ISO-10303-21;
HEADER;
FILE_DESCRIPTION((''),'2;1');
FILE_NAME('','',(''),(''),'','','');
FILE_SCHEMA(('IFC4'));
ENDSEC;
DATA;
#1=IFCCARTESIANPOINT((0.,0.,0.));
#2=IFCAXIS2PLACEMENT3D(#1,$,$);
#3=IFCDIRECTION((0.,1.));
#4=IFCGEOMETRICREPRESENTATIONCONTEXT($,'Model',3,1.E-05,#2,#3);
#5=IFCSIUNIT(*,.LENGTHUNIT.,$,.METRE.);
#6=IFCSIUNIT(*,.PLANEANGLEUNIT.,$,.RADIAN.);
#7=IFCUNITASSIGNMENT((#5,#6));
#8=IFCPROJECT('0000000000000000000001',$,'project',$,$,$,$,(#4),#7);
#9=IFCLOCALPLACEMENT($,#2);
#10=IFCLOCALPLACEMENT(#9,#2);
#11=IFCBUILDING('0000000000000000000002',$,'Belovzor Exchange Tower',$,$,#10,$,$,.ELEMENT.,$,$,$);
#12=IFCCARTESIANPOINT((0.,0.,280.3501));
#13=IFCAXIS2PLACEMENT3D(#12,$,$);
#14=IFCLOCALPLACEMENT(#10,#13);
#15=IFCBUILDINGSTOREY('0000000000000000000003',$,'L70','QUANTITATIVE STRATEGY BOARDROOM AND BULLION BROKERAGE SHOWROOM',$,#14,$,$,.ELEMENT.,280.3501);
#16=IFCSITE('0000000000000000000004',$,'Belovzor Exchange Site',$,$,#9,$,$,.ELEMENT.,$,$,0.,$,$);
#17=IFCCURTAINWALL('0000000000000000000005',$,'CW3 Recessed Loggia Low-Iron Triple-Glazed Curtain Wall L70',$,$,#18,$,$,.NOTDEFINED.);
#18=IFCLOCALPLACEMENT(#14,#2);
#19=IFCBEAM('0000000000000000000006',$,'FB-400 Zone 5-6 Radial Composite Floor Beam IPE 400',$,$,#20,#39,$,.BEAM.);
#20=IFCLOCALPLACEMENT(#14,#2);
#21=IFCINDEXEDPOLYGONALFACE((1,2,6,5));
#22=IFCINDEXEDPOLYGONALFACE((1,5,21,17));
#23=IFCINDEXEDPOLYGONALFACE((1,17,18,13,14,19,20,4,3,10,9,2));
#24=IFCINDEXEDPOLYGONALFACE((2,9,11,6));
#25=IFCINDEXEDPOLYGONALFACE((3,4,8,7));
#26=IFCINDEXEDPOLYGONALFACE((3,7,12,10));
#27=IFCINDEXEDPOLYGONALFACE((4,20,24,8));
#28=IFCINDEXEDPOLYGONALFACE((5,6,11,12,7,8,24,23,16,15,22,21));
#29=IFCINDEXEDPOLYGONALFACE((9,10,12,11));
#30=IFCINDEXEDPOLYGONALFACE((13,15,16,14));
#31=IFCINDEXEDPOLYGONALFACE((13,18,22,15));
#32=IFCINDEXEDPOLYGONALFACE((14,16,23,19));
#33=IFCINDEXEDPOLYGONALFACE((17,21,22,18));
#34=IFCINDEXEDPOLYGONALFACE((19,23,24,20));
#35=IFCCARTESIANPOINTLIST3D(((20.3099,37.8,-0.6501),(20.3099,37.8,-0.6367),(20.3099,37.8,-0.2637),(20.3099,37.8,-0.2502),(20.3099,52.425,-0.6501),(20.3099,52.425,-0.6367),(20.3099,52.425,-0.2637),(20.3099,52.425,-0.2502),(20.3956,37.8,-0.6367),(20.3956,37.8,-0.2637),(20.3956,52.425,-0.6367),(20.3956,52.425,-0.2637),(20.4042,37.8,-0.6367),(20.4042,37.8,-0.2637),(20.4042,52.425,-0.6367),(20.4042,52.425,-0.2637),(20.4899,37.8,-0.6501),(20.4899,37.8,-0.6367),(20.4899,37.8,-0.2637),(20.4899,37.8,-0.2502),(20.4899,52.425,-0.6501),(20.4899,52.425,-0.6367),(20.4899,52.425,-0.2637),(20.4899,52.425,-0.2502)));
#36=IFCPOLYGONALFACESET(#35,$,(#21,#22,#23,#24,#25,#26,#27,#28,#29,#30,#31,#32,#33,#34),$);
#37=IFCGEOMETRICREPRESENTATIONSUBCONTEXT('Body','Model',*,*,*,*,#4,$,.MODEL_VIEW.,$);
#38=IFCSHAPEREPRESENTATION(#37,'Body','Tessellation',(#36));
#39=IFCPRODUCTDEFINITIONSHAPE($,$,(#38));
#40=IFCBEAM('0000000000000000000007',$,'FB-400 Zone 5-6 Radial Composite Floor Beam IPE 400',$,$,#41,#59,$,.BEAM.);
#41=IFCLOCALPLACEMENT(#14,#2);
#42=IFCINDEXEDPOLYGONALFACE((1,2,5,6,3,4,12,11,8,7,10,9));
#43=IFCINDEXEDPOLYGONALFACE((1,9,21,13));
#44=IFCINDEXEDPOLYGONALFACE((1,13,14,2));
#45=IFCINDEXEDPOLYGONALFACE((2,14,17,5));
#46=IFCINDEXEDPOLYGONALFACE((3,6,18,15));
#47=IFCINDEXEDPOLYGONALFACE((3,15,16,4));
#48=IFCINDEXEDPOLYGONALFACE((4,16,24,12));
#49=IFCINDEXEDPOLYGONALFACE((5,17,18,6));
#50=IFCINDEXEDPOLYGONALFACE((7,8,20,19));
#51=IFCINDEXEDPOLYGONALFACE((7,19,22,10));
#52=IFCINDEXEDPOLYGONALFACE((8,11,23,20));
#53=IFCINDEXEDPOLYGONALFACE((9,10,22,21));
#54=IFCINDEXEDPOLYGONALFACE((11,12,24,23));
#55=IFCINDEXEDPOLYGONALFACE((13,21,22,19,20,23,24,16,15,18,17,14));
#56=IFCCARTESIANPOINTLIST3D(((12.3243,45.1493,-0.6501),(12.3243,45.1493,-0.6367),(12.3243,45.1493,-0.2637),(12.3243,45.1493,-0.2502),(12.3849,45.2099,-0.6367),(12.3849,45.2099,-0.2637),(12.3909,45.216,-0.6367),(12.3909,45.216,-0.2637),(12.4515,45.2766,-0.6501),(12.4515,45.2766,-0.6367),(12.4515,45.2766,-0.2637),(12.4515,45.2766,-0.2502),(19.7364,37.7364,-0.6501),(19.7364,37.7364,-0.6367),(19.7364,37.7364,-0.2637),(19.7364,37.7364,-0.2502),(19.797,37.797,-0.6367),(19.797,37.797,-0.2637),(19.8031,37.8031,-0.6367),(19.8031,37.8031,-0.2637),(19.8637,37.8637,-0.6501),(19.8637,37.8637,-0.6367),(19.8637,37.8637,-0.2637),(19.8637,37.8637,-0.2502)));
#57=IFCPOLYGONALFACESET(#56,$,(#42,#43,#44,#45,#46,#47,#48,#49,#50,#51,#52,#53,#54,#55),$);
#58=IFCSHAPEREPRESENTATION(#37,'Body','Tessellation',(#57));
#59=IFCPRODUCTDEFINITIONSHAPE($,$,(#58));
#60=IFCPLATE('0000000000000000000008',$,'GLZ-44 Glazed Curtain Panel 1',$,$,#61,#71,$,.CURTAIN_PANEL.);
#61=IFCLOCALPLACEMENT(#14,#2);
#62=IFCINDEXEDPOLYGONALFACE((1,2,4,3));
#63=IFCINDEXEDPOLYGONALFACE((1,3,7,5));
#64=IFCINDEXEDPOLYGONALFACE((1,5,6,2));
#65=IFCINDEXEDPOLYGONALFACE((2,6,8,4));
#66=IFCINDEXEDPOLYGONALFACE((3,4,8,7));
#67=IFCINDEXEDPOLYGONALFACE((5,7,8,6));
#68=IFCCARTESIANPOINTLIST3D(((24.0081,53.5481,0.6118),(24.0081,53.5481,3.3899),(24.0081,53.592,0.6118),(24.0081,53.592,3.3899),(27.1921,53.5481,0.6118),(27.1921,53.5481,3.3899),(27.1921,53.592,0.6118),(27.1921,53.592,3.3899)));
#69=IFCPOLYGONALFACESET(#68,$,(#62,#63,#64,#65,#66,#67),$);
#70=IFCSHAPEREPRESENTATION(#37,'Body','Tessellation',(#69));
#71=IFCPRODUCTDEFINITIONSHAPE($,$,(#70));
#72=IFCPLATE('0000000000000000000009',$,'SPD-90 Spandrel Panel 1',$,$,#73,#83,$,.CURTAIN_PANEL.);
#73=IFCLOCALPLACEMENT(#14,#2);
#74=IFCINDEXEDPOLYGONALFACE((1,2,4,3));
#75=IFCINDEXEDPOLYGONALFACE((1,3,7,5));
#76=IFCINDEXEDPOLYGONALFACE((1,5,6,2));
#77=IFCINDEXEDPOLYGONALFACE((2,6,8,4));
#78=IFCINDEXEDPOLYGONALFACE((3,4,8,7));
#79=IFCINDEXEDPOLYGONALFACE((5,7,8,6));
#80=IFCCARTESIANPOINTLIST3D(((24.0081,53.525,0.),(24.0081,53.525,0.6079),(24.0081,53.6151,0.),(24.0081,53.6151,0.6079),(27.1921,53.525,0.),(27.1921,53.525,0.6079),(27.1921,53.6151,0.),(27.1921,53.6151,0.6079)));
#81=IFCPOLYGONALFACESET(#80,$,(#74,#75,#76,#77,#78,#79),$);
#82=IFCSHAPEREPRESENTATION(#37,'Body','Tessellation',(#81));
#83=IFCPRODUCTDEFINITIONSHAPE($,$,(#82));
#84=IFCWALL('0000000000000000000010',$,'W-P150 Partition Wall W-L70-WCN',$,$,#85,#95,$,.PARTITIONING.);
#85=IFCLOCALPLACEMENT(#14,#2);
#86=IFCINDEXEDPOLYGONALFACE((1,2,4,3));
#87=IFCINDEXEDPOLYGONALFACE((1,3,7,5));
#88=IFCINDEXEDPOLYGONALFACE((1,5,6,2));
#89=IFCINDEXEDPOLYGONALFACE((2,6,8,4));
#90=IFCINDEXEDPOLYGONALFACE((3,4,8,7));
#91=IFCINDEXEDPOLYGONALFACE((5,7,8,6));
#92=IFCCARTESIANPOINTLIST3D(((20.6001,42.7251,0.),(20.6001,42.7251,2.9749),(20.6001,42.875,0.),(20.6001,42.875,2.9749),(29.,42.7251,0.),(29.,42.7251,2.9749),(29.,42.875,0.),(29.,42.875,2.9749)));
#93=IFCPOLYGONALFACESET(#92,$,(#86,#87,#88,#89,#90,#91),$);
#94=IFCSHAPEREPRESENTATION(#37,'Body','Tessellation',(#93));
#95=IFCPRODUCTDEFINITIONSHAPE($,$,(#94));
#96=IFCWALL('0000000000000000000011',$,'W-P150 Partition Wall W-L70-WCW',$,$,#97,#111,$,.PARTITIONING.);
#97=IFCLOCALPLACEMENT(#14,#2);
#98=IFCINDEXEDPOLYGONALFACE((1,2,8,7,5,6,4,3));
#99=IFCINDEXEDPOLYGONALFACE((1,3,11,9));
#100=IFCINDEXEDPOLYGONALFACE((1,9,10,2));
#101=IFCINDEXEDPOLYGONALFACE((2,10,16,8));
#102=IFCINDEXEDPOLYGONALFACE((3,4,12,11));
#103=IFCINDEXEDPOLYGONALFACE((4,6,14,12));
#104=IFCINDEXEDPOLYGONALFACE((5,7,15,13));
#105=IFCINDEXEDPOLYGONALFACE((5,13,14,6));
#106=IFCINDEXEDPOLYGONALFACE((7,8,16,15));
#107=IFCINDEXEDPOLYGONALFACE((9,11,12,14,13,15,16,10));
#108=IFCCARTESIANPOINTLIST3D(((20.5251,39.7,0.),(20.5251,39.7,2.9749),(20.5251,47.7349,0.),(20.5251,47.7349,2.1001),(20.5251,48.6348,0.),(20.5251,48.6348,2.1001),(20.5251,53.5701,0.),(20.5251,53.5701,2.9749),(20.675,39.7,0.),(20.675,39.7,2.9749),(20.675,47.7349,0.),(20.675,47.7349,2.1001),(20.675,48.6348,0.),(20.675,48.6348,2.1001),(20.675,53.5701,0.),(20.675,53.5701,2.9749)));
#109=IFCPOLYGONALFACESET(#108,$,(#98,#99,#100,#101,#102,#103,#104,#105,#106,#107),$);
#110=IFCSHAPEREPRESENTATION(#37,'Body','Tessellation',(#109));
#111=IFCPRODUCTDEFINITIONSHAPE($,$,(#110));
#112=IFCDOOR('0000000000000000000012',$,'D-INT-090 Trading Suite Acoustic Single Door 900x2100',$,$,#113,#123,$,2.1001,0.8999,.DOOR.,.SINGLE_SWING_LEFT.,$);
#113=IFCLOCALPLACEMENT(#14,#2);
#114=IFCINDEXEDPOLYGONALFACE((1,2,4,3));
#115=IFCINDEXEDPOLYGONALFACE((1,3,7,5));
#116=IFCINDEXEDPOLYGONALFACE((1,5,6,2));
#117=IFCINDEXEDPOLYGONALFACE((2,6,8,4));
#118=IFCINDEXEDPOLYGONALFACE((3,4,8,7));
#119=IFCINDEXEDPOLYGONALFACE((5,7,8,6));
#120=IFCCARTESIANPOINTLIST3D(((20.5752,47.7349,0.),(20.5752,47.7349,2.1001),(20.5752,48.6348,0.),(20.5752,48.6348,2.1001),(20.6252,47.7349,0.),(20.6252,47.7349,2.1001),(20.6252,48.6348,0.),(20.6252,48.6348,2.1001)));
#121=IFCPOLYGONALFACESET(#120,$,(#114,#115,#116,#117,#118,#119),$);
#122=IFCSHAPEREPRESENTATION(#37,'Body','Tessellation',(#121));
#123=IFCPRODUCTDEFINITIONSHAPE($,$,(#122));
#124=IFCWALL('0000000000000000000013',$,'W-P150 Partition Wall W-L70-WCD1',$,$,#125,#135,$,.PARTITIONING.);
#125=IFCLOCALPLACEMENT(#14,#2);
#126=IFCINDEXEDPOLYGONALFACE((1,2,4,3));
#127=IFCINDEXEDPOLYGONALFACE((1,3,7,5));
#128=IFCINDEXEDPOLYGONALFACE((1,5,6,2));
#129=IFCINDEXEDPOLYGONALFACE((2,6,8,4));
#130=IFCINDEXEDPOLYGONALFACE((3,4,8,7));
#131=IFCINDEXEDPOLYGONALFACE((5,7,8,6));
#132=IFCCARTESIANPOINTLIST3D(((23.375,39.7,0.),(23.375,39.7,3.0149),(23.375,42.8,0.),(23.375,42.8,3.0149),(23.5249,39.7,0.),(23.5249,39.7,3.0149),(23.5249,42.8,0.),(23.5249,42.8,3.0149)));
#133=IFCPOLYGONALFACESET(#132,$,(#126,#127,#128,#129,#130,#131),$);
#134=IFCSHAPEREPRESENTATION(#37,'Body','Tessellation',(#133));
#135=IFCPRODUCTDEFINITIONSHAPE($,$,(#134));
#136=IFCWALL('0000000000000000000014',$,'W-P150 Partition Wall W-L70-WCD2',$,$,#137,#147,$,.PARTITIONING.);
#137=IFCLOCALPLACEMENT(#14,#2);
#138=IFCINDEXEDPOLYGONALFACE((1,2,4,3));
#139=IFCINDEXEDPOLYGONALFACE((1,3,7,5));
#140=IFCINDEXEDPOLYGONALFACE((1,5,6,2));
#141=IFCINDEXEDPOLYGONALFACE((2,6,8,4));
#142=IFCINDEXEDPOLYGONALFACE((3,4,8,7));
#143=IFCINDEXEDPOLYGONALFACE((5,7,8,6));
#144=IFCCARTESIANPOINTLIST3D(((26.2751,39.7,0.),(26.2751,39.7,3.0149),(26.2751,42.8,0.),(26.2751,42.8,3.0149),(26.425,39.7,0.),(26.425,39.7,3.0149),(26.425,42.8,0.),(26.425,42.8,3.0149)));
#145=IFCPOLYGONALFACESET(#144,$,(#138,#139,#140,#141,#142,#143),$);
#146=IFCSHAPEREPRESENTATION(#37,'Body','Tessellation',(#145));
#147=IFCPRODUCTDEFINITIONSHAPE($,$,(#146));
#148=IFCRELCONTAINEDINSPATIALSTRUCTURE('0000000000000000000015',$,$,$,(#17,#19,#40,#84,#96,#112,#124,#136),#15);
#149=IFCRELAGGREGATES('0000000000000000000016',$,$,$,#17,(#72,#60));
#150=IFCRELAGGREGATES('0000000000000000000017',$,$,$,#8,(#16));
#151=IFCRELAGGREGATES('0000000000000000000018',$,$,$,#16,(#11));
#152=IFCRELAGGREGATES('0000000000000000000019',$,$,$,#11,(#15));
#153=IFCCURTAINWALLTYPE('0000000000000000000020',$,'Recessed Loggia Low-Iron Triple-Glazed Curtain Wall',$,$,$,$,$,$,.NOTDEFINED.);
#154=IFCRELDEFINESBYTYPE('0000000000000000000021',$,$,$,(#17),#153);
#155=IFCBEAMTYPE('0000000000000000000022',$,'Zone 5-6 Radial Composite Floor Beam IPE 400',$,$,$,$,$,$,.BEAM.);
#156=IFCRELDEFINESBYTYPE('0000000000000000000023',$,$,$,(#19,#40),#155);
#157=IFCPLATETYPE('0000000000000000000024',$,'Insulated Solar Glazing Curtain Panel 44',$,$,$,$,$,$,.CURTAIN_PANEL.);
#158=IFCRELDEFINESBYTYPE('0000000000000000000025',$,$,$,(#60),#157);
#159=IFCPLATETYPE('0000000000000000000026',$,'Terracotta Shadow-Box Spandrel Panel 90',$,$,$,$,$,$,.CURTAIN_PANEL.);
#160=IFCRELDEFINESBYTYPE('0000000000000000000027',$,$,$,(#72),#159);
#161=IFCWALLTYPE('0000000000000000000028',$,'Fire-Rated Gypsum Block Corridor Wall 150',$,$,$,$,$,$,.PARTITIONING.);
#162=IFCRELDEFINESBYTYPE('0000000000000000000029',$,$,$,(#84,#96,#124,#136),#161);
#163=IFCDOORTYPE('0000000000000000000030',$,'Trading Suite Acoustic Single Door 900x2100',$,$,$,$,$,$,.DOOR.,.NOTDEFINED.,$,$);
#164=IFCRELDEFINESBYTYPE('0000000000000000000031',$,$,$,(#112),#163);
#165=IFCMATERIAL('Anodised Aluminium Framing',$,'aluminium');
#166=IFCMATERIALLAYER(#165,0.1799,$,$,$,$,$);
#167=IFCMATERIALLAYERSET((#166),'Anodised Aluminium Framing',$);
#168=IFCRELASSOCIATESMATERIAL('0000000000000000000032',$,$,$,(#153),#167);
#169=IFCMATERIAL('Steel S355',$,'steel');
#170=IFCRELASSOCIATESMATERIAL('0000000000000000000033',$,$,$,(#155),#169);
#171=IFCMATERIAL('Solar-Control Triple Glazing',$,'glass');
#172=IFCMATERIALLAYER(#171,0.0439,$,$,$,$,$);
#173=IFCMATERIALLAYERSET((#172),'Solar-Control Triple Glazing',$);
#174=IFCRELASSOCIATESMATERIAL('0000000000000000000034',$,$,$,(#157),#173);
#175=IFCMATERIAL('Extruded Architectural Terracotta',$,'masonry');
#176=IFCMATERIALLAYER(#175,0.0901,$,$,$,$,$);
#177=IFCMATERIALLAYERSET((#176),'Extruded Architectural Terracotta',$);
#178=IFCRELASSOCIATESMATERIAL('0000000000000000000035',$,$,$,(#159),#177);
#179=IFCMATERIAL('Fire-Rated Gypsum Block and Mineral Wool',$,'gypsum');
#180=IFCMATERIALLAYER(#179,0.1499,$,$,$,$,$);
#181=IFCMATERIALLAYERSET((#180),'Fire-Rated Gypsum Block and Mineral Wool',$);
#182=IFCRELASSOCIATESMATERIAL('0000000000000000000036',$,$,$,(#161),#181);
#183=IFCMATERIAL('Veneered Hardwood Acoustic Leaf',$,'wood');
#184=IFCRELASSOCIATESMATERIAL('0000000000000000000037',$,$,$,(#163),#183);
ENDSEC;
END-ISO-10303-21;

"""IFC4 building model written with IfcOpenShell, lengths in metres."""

from ifc_helpers import new_model, si_unit, direction, frame, frame_2d, origin, origin_2d, place, context, subcontext, project, spatial, rectangle, i_section, extrude, material, layer, layer_set, material_profile, profile_set, type_object, element, fill, aggregate, save


model = new_model("IFC4")

# Units and contexts
model_context = context("Model", 3, precision=1e-05, world=origin(), true_north=direction((0.0, 1.0)))
body_context = subcontext(model_context, "Body", "Model", "MODEL_VIEW")
ifc_project = project(units=[si_unit("LENGTHUNIT", "METRE"), si_unit("PLANEANGLEUNIT", "RADIAN")], contexts=[model_context])

# Site, building, storey
site_placement = place(None, origin())
site = spatial("IfcSite", under=ifc_project, at=site_placement, Name="Belovzor Exchange Site", CompositionType="ELEMENT", RefElevation=0.0)
building_placement = place(site_placement, origin())
building = spatial("IfcBuilding", under=site, at=building_placement, Name="Belovzor Exchange Tower", CompositionType="ELEMENT")
storey_placement = place(building_placement, frame((0.0, 0.0, 280.3501)))
storey = spatial("IfcBuildingStorey", under=building, at=storey_placement, Name="L70", Description="QUANTITATIVE STRATEGY BOARDROOM AND BULLION BROKERAGE SHOWROOM", CompositionType="ELEMENT", Elevation=280.3501)

# Curtain wall
ifc_material_1 = material(Name="Anodised Aluminium Framing", Category="aluminium")
ifc_layer_1 = layer(ifc_material_1, 0.1799)
ifc_layer_set_1 = layer_set([ifc_layer_1], Name="Anodised Aluminium Framing")
curtain_wall_type = type_object("IfcCurtainWallType", Name="Recessed Loggia Low-Iron Triple-Glazed Curtain Wall", PredefinedType="NOTDEFINED", material=ifc_layer_set_1)
curtain_wall_placement = place(storey_placement, origin())
curtain_wall = element("IfcCurtainWall", 1, at=curtain_wall_placement, inside=storey, type_object=curtain_wall_type, Name="CW3 Recessed Loggia Low-Iron Triple-Glazed Curtain Wall L70", PredefinedType="NOTDEFINED")

# Beams
ifc_material_2 = material(Name="Steel S355", Category="steel")
ifc_material_profile_1 = material_profile(ifc_material_2, i_section(OverallWidth=0.1799, OverallDepth=0.3999, WebThickness=0.0085, FlangeThickness=0.0134, at=origin_2d()))
ifc_profile_set_1 = profile_set([ifc_material_profile_1], Name="Steel S355")
beam_type_1 = type_object("IfcBeamType", Name="Zone 5-6 Radial Composite Floor Beam IPE 400", PredefinedType="BEAM", material=ifc_profile_set_1)
beam_1_placement = place(storey_placement, frame((20.3999, 37.8, -0.4502), z_axis=(0.0, 1.0, 0.0), x_axis=(-1.0, 0.0, 0.0)))
element("IfcBeam", 2, at=beam_1_placement, inside=storey, type_object=beam_type_1, Name="FB-400 Zone 5-6 Radial Composite Floor Beam IPE 400", PredefinedType="BEAM", context=body_context, shape_type="SweptSolid", body=[
    extrude(i_section(OverallWidth=0.1799, OverallDepth=0.3999, WebThickness=0.0085, FlangeThickness=0.0134, at=origin_2d()), origin(), (0.0, 0.0, 1.0), 14.625),
])
beam_2_placement = place(storey_placement, frame((19.8, 37.8, -0.4502), z_axis=(-0.707072, 0.707142, 0.0), x_axis=(-0.707142, -0.707072, 0.0)))
element("IfcBeam", 3, at=beam_2_placement, inside=storey, type_object=beam_type_1, Name="FB-400 Zone 5-6 Radial Composite Floor Beam IPE 400", PredefinedType="BEAM", context=body_context, shape_type="SweptSolid", body=[
    extrude(i_section(OverallWidth=0.1799, OverallDepth=0.3999, WebThickness=0.0085, FlangeThickness=0.0134, at=origin_2d()), origin(), (0.0, 0.0, 1.0), 10.4829),
])

# Plates
ifc_material_3 = material(Name="Solar-Control Triple Glazing", Category="glass")
ifc_layer_2 = layer(ifc_material_3, 0.0439)
ifc_layer_set_2 = layer_set([ifc_layer_2], Name="Solar-Control Triple Glazing")
plate_type_1 = type_object("IfcPlateType", Name="Insulated Solar Glazing Curtain Panel 44", PredefinedType="CURTAIN_PANEL", material=ifc_layer_set_2)
plate_1_placement = place(storey_placement, frame((25.6001, 53.5701, 0.6118), z_axis=(0.0, 0.0, 1.0), x_axis=(1.0, 0.0, 0.0)))
plate_1 = element("IfcPlate", 4, at=plate_1_placement, type_object=plate_type_1, Name="GLZ-44 Glazed Curtain Panel 1", PredefinedType="CURTAIN_PANEL", context=body_context, shape_type="SweptSolid", body=[
    extrude(rectangle(XDim=3.1841, YDim=0.0439, at=origin_2d()), origin(), (0.0, 0.0, 1.0), 2.7781),
])
ifc_material_4 = material(Name="Extruded Architectural Terracotta", Category="masonry")
ifc_layer_3 = layer(ifc_material_4, 0.0901)
ifc_layer_set_3 = layer_set([ifc_layer_3], Name="Extruded Architectural Terracotta")
plate_type_2 = type_object("IfcPlateType", Name="Terracotta Shadow-Box Spandrel Panel 90", PredefinedType="CURTAIN_PANEL", material=ifc_layer_set_3)
plate_2_placement = place(storey_placement, frame((25.6001, 53.5701, 0.0), z_axis=(0.0, 0.0, 1.0), x_axis=(1.0, 0.0, 0.0)))
plate_2 = element("IfcPlate", 5, at=plate_2_placement, type_object=plate_type_2, Name="SPD-90 Spandrel Panel 1", PredefinedType="CURTAIN_PANEL", context=body_context, shape_type="SweptSolid", body=[
    extrude(rectangle(XDim=3.1841, YDim=0.0901, at=origin_2d()), origin(), (0.0, 0.0, 1.0), 0.6079),
])
aggregate(curtain_wall, [plate_2, plate_1])

# Wall
ifc_material_5 = material(Name="Fire-Rated Gypsum Block and Mineral Wool", Category="gypsum")
ifc_layer_4 = layer(ifc_material_5, 0.1499)
ifc_layer_set_4 = layer_set([ifc_layer_4], Name="Fire-Rated Gypsum Block and Mineral Wool")
wall_type_1 = type_object("IfcWallType", Name="Fire-Rated Gypsum Block Corridor Wall 150", PredefinedType="PARTITIONING", material=ifc_layer_set_4)
wall_1_placement = place(storey_placement, frame((20.6001, 42.8, 0.0), z_axis=(0.0, 0.0, 1.0), x_axis=(1.0, 0.0, 0.0)))
element("IfcWall", 6, at=wall_1_placement, inside=storey, type_object=wall_type_1, Name="W-P150 Partition Wall W-L70-WCN", PredefinedType="PARTITIONING", context=body_context, shape_type="SweptSolid", body=[
    extrude(rectangle(XDim=8.3999, YDim=0.1499, at=frame_2d((4.2, 0.0))), origin(), (0.0, 0.0, 1.0), 2.9749),
])

# Wall, opening, door
wall_2_placement = place(storey_placement, frame((20.6001, 39.7, 0.0), z_axis=(0.0, 0.0, 1.0), x_axis=(0.0, 1.0, 0.0)))
wall_2 = element("IfcWall", 7, at=wall_2_placement, inside=storey, type_object=wall_type_1, Name="W-P150 Partition Wall W-L70-WCW", PredefinedType="PARTITIONING", context=body_context, shape_type="SweptSolid", body=[
    extrude(rectangle(XDim=13.8701, YDim=0.1499, at=frame_2d((6.9351, 0.0))), origin(), (0.0, 0.0, 1.0), 2.9749),
])
opening_1_placement = place(wall_2_placement, frame((8.0349, 0.0, 0.0)))
opening_1 = element("IfcOpeningElement", 8, at=opening_1_placement, cuts=wall_2, PredefinedType="OPENING", context=body_context, shape_type="SweptSolid", body=[
    extrude(rectangle(XDim=0.8999, YDim=2.1001, at=frame_2d((0.45, 1.05))), frame((0.0, 0.085, 0.0), z_axis=(0.0, -1.0, 0.0), x_axis=(1.0, 0.0, 0.0)), (0.0, 0.0, 1.0), 0.1699),
])
ifc_material_6 = material(Name="Veneered Hardwood Acoustic Leaf", Category="wood")
door_type_1 = type_object("IfcDoorType", Name="Trading Suite Acoustic Single Door 900x2100", OperationType="NOTDEFINED", PredefinedType="DOOR", material=ifc_material_6)
door_1_placement = place(opening_1_placement, origin())
door_1 = element("IfcDoor", 9, at=door_1_placement, inside=storey, type_object=door_type_1, Name="D-INT-090 Trading Suite Acoustic Single Door 900x2100", OperationType="SINGLE_SWING_LEFT", OverallHeight=2.1001, OverallWidth=0.8999, PredefinedType="DOOR", context=body_context, shape_type="SweptSolid", body=[
    extrude(rectangle(XDim=0.8999, YDim=2.1001, at=frame_2d((0.45, 1.05))), frame((0.0, 0.0249, 0.0), z_axis=(0.0, -1.0, 0.0), x_axis=(1.0, 0.0, 0.0)), (0.0, 0.0, 1.0), 0.05),
])
fill(opening_1, door_1)

# Walls
for number, where, z_axis, x_axis, name in (
    (10, (23.45, 39.7, 0.0), (0.0, 0.0, 1.0), (0.0, 1.0, 0.0), "W-P150 Partition Wall W-L70-WCD1"),
    (11, (26.3501, 39.7, 0.0), (0.0, 0.0, 1.0), (0.0, 1.0, 0.0), "W-P150 Partition Wall W-L70-WCD2"),
):
    element("IfcWall", number, at=place(storey_placement, frame(where, z_axis=z_axis, x_axis=x_axis)), inside=storey, type_object=wall_type_1, Name=name, PredefinedType="PARTITIONING", context=body_context, shape_type="SweptSolid", body=[
        extrude(rectangle(XDim=3.1001, YDim=0.1499, at=frame_2d((1.55, 0.0))), origin(), (0.0, 0.0, 1.0), 3.0149),
    ])

save(model, "model.ifc")
